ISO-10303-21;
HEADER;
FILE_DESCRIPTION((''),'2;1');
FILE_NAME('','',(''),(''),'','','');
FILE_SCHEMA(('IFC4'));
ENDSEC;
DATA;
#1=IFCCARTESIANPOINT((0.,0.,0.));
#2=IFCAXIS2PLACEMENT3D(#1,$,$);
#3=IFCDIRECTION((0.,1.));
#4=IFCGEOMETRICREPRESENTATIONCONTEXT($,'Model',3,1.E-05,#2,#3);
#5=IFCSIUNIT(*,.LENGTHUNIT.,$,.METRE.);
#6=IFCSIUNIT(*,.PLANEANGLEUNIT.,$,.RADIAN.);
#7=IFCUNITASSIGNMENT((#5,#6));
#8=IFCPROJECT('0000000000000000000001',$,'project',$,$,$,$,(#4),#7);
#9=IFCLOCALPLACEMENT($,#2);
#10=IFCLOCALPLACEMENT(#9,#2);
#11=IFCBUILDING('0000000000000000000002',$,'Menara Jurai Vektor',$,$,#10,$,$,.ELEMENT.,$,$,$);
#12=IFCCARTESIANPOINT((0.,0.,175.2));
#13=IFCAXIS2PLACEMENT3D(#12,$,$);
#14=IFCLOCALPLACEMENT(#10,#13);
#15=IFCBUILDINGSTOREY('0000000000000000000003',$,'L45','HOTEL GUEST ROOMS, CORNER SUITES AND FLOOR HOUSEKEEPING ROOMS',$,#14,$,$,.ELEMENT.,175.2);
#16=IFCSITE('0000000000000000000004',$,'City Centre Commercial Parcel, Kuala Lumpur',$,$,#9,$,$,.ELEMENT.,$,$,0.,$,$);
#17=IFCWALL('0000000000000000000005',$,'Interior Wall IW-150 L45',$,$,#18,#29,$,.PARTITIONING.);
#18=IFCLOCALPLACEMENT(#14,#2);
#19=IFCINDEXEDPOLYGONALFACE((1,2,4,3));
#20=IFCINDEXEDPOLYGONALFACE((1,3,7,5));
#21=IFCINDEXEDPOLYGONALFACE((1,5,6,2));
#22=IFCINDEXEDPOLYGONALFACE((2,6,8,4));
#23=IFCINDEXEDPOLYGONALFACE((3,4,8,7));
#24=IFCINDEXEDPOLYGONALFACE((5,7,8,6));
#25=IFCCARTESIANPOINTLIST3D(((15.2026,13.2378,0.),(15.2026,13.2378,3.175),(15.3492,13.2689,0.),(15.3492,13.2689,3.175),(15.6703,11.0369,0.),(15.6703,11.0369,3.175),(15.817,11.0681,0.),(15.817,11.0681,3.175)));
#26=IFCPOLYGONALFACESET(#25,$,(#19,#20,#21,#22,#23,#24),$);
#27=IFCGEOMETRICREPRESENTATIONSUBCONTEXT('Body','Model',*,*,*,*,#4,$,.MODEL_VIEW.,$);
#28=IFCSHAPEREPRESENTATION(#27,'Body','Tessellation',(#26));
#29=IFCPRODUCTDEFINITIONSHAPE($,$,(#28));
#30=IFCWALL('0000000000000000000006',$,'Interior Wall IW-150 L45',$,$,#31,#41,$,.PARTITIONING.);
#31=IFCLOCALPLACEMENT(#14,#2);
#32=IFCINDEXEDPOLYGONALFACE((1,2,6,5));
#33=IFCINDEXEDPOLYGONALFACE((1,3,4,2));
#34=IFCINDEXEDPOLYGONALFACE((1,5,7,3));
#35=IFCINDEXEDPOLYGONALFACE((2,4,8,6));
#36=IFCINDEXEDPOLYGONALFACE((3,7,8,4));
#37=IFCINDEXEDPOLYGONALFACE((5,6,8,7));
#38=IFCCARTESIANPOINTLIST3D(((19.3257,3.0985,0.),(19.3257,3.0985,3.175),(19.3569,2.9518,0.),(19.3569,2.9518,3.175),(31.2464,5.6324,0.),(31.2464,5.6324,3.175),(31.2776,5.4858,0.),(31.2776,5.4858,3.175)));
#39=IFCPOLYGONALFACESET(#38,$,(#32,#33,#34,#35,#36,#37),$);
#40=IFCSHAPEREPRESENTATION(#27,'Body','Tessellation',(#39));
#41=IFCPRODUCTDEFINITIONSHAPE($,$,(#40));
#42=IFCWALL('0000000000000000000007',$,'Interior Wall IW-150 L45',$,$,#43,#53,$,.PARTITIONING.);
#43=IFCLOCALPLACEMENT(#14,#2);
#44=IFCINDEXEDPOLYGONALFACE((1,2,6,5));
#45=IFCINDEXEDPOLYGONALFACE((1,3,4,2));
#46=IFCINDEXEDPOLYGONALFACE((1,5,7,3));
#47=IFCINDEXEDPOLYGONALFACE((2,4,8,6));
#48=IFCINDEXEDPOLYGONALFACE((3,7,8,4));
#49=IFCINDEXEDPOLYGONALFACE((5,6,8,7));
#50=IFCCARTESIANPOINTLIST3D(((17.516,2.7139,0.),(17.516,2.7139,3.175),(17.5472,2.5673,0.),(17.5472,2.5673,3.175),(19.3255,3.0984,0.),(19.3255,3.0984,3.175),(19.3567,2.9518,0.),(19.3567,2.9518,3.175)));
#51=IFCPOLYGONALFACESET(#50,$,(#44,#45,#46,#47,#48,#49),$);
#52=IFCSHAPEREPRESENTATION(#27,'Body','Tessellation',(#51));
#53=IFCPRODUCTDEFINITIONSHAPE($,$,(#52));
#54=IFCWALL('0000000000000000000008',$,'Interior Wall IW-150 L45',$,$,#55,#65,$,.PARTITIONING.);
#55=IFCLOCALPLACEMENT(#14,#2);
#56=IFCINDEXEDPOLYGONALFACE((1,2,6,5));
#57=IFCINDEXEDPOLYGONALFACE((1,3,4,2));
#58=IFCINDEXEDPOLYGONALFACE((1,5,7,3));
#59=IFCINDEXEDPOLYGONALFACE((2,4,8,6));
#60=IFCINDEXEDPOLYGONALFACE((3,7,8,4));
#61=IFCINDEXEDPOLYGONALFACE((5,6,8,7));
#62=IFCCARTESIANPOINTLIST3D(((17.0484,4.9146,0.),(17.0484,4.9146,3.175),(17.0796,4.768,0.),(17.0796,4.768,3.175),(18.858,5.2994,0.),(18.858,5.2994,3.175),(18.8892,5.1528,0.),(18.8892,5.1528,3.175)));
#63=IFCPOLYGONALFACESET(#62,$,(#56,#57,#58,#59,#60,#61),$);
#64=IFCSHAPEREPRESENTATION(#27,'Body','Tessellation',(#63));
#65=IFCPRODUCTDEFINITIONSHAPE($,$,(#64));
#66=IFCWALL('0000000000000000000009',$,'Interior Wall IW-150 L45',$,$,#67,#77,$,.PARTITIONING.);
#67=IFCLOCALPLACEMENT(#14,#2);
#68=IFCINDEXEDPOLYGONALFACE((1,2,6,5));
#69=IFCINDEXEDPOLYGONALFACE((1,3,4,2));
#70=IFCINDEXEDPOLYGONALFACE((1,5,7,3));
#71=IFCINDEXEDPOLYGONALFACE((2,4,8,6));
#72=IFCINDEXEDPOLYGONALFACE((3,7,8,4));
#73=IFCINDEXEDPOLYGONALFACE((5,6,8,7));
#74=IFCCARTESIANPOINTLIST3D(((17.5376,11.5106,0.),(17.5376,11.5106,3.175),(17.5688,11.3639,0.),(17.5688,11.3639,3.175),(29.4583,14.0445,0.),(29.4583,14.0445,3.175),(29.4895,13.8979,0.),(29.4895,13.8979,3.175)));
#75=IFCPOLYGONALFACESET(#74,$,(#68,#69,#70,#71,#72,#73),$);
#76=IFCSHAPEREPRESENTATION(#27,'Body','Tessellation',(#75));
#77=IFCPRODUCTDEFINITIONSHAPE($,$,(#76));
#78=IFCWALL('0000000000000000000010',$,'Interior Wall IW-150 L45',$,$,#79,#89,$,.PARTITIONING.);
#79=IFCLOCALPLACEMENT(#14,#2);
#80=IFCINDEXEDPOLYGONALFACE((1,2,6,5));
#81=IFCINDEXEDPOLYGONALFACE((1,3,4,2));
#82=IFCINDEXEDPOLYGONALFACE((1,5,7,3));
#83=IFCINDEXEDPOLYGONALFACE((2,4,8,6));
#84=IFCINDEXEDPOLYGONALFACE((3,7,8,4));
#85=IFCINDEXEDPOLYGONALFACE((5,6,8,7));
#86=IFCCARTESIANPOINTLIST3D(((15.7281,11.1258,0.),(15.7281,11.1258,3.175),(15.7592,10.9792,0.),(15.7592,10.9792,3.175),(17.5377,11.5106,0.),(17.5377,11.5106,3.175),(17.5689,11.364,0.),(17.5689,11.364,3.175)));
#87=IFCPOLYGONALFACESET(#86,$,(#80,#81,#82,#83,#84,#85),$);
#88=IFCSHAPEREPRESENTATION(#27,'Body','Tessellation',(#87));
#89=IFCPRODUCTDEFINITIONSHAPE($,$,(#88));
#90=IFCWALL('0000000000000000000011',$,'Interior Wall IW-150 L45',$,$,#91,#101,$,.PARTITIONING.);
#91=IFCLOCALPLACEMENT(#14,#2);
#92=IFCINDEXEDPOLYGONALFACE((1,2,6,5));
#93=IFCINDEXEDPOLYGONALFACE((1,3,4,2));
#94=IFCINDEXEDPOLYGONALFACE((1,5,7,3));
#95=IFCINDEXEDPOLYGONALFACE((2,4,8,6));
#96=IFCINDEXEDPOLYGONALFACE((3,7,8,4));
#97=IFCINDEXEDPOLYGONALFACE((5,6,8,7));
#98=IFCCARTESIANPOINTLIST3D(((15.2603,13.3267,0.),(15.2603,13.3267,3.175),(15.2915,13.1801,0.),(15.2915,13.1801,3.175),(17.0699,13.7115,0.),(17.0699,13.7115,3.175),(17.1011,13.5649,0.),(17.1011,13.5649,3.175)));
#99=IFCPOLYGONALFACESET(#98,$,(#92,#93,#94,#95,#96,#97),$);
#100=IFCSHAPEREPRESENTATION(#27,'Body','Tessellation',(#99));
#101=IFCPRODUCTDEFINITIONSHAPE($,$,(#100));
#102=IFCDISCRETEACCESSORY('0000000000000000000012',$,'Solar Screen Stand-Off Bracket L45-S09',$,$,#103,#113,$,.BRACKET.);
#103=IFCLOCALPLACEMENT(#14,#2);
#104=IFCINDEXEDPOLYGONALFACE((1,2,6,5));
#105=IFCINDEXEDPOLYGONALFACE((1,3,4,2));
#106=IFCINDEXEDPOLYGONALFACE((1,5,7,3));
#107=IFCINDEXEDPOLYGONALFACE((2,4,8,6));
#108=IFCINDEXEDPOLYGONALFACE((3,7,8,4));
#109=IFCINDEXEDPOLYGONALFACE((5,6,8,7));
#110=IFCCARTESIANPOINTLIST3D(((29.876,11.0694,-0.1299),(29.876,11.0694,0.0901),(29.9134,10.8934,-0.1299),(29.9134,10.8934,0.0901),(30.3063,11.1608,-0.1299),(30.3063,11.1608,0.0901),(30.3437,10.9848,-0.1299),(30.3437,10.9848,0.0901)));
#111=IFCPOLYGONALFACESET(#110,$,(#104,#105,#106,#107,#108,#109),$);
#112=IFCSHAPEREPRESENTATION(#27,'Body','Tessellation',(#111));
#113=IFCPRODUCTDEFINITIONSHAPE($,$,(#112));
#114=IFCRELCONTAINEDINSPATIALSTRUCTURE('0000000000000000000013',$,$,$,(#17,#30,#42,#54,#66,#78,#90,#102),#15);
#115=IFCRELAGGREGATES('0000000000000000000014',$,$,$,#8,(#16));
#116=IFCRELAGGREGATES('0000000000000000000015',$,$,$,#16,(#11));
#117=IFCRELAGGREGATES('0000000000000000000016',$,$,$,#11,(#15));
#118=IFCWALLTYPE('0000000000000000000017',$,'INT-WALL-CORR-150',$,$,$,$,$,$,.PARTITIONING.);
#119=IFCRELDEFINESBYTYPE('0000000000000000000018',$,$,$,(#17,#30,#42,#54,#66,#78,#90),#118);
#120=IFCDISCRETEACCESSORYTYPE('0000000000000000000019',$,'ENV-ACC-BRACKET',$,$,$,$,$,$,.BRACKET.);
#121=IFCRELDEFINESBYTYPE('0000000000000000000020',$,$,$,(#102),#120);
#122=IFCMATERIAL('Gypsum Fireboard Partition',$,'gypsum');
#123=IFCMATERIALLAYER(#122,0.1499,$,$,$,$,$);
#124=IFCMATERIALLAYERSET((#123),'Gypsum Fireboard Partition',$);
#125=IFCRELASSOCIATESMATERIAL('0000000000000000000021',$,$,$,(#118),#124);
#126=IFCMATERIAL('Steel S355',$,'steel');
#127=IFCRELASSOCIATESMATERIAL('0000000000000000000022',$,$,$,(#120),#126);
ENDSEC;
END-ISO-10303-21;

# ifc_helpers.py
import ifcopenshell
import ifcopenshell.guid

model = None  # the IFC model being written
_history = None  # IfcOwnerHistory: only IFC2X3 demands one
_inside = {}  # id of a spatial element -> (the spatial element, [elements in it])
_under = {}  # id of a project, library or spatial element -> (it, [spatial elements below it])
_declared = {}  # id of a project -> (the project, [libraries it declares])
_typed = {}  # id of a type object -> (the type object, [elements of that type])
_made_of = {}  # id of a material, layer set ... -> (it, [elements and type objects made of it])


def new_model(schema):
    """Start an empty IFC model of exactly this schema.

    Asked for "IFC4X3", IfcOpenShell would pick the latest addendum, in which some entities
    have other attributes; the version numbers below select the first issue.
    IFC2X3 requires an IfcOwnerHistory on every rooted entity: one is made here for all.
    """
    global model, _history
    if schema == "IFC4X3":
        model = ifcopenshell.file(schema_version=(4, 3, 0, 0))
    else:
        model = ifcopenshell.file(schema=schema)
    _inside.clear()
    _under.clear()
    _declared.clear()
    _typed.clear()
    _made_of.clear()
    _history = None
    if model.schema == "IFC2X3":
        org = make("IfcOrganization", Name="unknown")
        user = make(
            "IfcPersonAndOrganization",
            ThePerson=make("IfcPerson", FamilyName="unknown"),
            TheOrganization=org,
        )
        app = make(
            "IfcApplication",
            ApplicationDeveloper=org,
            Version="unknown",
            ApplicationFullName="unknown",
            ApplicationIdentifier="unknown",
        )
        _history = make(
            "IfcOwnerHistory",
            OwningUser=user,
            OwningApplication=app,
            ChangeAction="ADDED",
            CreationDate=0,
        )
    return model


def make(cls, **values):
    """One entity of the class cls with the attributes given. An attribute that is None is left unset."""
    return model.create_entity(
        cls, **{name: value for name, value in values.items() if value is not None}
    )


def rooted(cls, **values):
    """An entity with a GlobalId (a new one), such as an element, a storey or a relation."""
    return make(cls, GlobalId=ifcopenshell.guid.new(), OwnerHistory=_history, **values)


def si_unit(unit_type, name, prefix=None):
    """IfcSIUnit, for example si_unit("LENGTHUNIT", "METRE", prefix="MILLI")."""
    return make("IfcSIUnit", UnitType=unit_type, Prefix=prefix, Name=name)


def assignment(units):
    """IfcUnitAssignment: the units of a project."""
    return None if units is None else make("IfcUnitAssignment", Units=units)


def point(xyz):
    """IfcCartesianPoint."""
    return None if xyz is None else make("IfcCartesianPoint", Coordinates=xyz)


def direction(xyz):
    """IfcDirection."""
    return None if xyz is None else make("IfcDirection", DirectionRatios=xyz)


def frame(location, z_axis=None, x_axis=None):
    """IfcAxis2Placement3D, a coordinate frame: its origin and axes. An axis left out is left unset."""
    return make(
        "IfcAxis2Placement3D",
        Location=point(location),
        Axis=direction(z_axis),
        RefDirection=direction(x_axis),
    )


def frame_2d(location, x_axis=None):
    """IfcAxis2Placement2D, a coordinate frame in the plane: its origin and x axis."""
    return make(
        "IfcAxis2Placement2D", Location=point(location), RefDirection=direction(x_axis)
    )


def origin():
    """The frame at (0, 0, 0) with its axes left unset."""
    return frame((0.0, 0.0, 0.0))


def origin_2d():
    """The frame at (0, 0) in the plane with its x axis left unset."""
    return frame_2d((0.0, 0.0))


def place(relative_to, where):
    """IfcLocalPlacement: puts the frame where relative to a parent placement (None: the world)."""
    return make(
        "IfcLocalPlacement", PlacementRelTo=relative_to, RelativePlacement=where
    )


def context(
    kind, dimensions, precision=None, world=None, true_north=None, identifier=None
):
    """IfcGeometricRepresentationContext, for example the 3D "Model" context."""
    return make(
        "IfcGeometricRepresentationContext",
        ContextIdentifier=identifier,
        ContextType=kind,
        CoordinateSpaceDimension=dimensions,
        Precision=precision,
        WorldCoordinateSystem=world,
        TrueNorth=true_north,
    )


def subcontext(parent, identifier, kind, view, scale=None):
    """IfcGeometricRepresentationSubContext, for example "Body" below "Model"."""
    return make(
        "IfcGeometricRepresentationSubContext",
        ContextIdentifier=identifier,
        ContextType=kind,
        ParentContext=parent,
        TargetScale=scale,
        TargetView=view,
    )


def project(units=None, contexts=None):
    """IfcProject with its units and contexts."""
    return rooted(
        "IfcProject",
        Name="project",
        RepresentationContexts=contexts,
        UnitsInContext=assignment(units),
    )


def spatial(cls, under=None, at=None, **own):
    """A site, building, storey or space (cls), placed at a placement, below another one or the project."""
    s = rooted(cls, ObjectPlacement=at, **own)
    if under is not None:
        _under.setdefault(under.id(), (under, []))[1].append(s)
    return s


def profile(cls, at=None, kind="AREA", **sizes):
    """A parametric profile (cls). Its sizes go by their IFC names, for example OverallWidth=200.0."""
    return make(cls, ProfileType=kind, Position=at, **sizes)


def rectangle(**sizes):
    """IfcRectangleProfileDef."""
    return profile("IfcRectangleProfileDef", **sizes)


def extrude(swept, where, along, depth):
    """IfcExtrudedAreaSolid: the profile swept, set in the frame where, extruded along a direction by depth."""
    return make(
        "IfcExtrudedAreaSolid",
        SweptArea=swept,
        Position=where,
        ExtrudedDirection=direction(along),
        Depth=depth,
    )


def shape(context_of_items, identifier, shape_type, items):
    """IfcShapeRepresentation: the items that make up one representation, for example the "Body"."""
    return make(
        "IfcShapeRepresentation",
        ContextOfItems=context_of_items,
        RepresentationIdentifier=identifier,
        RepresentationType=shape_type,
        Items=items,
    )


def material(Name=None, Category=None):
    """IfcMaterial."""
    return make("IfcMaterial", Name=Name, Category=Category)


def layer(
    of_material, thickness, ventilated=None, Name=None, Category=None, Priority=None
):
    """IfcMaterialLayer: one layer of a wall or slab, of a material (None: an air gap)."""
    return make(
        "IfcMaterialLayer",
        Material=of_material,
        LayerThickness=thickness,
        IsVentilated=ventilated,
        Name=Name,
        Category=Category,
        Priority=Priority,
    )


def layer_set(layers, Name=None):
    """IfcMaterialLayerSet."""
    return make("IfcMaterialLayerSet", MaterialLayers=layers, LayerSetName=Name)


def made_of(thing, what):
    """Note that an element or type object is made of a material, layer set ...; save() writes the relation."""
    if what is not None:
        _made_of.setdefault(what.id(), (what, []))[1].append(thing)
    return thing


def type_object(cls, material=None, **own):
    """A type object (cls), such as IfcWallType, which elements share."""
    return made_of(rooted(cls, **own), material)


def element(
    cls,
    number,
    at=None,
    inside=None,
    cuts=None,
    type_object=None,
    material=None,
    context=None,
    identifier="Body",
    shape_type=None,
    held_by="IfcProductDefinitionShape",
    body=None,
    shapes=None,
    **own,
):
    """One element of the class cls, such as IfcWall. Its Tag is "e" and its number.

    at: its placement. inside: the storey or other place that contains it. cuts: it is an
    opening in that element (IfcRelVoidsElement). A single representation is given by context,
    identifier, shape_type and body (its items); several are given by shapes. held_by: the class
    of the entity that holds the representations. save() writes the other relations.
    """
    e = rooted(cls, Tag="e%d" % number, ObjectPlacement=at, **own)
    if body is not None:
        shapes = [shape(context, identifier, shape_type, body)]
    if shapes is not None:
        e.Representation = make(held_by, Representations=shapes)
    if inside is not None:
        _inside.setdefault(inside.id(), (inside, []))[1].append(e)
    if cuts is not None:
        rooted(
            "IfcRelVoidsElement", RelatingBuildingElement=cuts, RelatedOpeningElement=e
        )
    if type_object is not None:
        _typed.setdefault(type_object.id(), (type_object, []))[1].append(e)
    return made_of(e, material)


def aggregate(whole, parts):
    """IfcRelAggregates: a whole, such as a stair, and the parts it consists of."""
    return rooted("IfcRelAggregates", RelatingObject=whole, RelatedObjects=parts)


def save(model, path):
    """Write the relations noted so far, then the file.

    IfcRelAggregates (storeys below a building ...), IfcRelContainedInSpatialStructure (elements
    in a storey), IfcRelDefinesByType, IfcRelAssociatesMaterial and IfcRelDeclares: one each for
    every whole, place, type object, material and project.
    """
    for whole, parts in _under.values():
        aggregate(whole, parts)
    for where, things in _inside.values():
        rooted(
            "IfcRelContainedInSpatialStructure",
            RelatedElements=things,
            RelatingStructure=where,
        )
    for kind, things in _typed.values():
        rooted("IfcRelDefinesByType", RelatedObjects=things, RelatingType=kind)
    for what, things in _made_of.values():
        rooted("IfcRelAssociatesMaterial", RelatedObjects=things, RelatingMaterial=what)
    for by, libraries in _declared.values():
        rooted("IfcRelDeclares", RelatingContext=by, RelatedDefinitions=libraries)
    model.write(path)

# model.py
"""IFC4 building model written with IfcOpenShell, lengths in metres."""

from ifc_helpers import new_model, si_unit, direction, frame, frame_2d, origin, origin_2d, place, context, subcontext, project, spatial, rectangle, extrude, material, layer, layer_set, type_object, element, save


model = new_model("IFC4")

# Units and contexts
model_context = context("Model", 3, precision=1e-05, world=origin(), true_north=direction((0.0, 1.0)))
body_context = subcontext(model_context, "Body", "Model", "MODEL_VIEW")
ifc_project = project(units=[si_unit("LENGTHUNIT", "METRE"), si_unit("PLANEANGLEUNIT", "RADIAN")], contexts=[model_context])

# Site, building, storey
site_placement = place(None, origin())
site = spatial("IfcSite", under=ifc_project, at=site_placement, Name="City Centre Commercial Parcel, Kuala Lumpur", CompositionType="ELEMENT", RefElevation=0.0)
building_placement = place(site_placement, origin())
building = spatial("IfcBuilding", under=site, at=building_placement, Name="Menara Jurai Vektor", CompositionType="ELEMENT")
storey_placement = place(building_placement, frame((0.0, 0.0, 175.2)))
storey = spatial("IfcBuildingStorey", under=building, at=storey_placement, Name="L45", Description="HOTEL GUEST ROOMS, CORNER SUITES AND FLOOR HOUSEKEEPING ROOMS", CompositionType="ELEMENT", Elevation=175.2)

# Shared definitions
ifc_material_1 = material(Name="Steel S355", Category="steel")

# Shared definitions
ifc_material_2 = material(Name="Gypsum Fireboard Partition", Category="gypsum")
ifc_layer_1 = layer(ifc_material_2, 0.1499)
ifc_layer_set_1 = layer_set([ifc_layer_1], Name="Gypsum Fireboard Partition")
wall_type = type_object("IfcWallType", Name="INT-WALL-CORR-150", PredefinedType="PARTITIONING", material=ifc_layer_set_1)

# Walls
wall_1_placement = place(storey_placement, frame((15.7437, 11.0525, 0.0), z_axis=(0.0, 0.0, 1.0), x_axis=(-0.207891, 0.978152, 0.0)))
element("IfcWall", 1, at=wall_1_placement, inside=storey, type_object=wall_type, Name="Interior Wall IW-150 L45", PredefinedType="PARTITIONING", context=body_context, shape_type="SweptSolid", body=[
    extrude(rectangle(XDim=2.25, YDim=0.1499, at=frame_2d((1.125, 0.0))), origin(), (0.0, 0.0, 1.0), 3.175),
])
wall_2_placement = place(storey_placement, frame((19.3413, 3.0251, 0.0), z_axis=(0.0, 0.0, 1.0), x_axis=(0.978146, 0.207921, 0.0)))
element("IfcWall", 2, at=wall_2_placement, inside=storey, type_object=wall_type, Name="Interior Wall IW-150 L45", PredefinedType="PARTITIONING", context=body_context, shape_type="SweptSolid", body=[
    extrude(rectangle(XDim=12.187, YDim=0.1499, at=frame_2d((6.0935, 0.0))), origin(), (0.0, 0.0, 1.0), 3.175),
])
wall_3_placement = place(storey_placement, frame((17.5317, 2.6406, 0.0), z_axis=(0.0, 0.0, 1.0), x_axis=(0.97816, 0.207852, 0.0)))
element("IfcWall", 3, at=wall_3_placement, inside=storey, type_object=wall_type, Name="Interior Wall IW-150 L45", PredefinedType="PARTITIONING", context=body_context, shape_type="SweptSolid", body=[
    extrude(rectangle(XDim=1.8499, YDim=0.1499, at=frame_2d((0.9248, 0.0))), origin(), (0.0, 0.0, 1.0), 3.175),
])
wall_4_placement = place(storey_placement, frame((17.064, 4.8413, 0.0), z_axis=(0.0, 0.0, 1.0), x_axis=(0.978133, 0.207979, 0.0)))
element("IfcWall", 4, at=wall_4_placement, inside=storey, type_object=wall_type, Name="Interior Wall IW-150 L45", PredefinedType="PARTITIONING", context=body_context, shape_type="SweptSolid", body=[
    extrude(rectangle(XDim=1.8501, YDim=0.1499, at=frame_2d((0.925, 0.0))), origin(), (0.0, 0.0, 1.0), 3.175),
])

# Walls
wall_5_placement = place(storey_placement, frame((17.5532, 11.4373, 0.0), z_axis=(0.0, 0.0, 1.0), x_axis=(0.978146, 0.207921, 0.0)))
element("IfcWall", 5, at=wall_5_placement, inside=storey, type_object=wall_type, Name="Interior Wall IW-150 L45", PredefinedType="PARTITIONING", context=body_context, shape_type="SweptSolid", body=[
    extrude(rectangle(XDim=12.187, YDim=0.1499, at=frame_2d((6.0935, 0.0))), origin(), (0.0, 0.0, 1.0), 3.175),
])
for number, where, z_axis, x_axis, name in (
    (6, (15.7437, 11.0525, 0.0), (0.0, 0.0, 1.0), (0.978133, 0.207979, 0.0), "Interior Wall IW-150 L45"),
    (7, (15.2759, 13.2534, 0.0), (0.0, 0.0, 1.0), (0.978133, 0.207979, 0.0), "Interior Wall IW-150 L45"),
):
    element("IfcWall", number, at=place(storey_placement, frame(where, z_axis=z_axis, x_axis=x_axis)), inside=storey, type_object=wall_type, Name=name, PredefinedType="PARTITIONING", context=body_context, shape_type="SweptSolid", body=[
        extrude(rectangle(XDim=1.8501, YDim=0.1499, at=frame_2d((0.925, 0.0))), origin(), (0.0, 0.0, 1.0), 3.175),
    ])

# Discrete accessory
discrete_accessory_type = type_object("IfcDiscreteAccessoryType", Name="ENV-ACC-BRACKET", PredefinedType="BRACKET", material=ifc_material_1)
discrete_accessory_placement = place(storey_placement, frame((30.1099, 11.0271, -0.1299), z_axis=(0.0, 0.0, 1.0), x_axis=(-0.207912, 0.978148, 0.0)))
element("IfcDiscreteAccessory", 8, at=discrete_accessory_placement, inside=storey, type_object=discrete_accessory_type, Name="Solar Screen Stand-Off Bracket L45-S09", PredefinedType="BRACKET", context=body_context, shape_type="SweptSolid", body=[
    extrude(rectangle(XDim=0.1799, YDim=0.4399, at=origin_2d()), origin(), (0.0, 0.0, 1.0), 0.22),
])

save(model, "model.ifc")
